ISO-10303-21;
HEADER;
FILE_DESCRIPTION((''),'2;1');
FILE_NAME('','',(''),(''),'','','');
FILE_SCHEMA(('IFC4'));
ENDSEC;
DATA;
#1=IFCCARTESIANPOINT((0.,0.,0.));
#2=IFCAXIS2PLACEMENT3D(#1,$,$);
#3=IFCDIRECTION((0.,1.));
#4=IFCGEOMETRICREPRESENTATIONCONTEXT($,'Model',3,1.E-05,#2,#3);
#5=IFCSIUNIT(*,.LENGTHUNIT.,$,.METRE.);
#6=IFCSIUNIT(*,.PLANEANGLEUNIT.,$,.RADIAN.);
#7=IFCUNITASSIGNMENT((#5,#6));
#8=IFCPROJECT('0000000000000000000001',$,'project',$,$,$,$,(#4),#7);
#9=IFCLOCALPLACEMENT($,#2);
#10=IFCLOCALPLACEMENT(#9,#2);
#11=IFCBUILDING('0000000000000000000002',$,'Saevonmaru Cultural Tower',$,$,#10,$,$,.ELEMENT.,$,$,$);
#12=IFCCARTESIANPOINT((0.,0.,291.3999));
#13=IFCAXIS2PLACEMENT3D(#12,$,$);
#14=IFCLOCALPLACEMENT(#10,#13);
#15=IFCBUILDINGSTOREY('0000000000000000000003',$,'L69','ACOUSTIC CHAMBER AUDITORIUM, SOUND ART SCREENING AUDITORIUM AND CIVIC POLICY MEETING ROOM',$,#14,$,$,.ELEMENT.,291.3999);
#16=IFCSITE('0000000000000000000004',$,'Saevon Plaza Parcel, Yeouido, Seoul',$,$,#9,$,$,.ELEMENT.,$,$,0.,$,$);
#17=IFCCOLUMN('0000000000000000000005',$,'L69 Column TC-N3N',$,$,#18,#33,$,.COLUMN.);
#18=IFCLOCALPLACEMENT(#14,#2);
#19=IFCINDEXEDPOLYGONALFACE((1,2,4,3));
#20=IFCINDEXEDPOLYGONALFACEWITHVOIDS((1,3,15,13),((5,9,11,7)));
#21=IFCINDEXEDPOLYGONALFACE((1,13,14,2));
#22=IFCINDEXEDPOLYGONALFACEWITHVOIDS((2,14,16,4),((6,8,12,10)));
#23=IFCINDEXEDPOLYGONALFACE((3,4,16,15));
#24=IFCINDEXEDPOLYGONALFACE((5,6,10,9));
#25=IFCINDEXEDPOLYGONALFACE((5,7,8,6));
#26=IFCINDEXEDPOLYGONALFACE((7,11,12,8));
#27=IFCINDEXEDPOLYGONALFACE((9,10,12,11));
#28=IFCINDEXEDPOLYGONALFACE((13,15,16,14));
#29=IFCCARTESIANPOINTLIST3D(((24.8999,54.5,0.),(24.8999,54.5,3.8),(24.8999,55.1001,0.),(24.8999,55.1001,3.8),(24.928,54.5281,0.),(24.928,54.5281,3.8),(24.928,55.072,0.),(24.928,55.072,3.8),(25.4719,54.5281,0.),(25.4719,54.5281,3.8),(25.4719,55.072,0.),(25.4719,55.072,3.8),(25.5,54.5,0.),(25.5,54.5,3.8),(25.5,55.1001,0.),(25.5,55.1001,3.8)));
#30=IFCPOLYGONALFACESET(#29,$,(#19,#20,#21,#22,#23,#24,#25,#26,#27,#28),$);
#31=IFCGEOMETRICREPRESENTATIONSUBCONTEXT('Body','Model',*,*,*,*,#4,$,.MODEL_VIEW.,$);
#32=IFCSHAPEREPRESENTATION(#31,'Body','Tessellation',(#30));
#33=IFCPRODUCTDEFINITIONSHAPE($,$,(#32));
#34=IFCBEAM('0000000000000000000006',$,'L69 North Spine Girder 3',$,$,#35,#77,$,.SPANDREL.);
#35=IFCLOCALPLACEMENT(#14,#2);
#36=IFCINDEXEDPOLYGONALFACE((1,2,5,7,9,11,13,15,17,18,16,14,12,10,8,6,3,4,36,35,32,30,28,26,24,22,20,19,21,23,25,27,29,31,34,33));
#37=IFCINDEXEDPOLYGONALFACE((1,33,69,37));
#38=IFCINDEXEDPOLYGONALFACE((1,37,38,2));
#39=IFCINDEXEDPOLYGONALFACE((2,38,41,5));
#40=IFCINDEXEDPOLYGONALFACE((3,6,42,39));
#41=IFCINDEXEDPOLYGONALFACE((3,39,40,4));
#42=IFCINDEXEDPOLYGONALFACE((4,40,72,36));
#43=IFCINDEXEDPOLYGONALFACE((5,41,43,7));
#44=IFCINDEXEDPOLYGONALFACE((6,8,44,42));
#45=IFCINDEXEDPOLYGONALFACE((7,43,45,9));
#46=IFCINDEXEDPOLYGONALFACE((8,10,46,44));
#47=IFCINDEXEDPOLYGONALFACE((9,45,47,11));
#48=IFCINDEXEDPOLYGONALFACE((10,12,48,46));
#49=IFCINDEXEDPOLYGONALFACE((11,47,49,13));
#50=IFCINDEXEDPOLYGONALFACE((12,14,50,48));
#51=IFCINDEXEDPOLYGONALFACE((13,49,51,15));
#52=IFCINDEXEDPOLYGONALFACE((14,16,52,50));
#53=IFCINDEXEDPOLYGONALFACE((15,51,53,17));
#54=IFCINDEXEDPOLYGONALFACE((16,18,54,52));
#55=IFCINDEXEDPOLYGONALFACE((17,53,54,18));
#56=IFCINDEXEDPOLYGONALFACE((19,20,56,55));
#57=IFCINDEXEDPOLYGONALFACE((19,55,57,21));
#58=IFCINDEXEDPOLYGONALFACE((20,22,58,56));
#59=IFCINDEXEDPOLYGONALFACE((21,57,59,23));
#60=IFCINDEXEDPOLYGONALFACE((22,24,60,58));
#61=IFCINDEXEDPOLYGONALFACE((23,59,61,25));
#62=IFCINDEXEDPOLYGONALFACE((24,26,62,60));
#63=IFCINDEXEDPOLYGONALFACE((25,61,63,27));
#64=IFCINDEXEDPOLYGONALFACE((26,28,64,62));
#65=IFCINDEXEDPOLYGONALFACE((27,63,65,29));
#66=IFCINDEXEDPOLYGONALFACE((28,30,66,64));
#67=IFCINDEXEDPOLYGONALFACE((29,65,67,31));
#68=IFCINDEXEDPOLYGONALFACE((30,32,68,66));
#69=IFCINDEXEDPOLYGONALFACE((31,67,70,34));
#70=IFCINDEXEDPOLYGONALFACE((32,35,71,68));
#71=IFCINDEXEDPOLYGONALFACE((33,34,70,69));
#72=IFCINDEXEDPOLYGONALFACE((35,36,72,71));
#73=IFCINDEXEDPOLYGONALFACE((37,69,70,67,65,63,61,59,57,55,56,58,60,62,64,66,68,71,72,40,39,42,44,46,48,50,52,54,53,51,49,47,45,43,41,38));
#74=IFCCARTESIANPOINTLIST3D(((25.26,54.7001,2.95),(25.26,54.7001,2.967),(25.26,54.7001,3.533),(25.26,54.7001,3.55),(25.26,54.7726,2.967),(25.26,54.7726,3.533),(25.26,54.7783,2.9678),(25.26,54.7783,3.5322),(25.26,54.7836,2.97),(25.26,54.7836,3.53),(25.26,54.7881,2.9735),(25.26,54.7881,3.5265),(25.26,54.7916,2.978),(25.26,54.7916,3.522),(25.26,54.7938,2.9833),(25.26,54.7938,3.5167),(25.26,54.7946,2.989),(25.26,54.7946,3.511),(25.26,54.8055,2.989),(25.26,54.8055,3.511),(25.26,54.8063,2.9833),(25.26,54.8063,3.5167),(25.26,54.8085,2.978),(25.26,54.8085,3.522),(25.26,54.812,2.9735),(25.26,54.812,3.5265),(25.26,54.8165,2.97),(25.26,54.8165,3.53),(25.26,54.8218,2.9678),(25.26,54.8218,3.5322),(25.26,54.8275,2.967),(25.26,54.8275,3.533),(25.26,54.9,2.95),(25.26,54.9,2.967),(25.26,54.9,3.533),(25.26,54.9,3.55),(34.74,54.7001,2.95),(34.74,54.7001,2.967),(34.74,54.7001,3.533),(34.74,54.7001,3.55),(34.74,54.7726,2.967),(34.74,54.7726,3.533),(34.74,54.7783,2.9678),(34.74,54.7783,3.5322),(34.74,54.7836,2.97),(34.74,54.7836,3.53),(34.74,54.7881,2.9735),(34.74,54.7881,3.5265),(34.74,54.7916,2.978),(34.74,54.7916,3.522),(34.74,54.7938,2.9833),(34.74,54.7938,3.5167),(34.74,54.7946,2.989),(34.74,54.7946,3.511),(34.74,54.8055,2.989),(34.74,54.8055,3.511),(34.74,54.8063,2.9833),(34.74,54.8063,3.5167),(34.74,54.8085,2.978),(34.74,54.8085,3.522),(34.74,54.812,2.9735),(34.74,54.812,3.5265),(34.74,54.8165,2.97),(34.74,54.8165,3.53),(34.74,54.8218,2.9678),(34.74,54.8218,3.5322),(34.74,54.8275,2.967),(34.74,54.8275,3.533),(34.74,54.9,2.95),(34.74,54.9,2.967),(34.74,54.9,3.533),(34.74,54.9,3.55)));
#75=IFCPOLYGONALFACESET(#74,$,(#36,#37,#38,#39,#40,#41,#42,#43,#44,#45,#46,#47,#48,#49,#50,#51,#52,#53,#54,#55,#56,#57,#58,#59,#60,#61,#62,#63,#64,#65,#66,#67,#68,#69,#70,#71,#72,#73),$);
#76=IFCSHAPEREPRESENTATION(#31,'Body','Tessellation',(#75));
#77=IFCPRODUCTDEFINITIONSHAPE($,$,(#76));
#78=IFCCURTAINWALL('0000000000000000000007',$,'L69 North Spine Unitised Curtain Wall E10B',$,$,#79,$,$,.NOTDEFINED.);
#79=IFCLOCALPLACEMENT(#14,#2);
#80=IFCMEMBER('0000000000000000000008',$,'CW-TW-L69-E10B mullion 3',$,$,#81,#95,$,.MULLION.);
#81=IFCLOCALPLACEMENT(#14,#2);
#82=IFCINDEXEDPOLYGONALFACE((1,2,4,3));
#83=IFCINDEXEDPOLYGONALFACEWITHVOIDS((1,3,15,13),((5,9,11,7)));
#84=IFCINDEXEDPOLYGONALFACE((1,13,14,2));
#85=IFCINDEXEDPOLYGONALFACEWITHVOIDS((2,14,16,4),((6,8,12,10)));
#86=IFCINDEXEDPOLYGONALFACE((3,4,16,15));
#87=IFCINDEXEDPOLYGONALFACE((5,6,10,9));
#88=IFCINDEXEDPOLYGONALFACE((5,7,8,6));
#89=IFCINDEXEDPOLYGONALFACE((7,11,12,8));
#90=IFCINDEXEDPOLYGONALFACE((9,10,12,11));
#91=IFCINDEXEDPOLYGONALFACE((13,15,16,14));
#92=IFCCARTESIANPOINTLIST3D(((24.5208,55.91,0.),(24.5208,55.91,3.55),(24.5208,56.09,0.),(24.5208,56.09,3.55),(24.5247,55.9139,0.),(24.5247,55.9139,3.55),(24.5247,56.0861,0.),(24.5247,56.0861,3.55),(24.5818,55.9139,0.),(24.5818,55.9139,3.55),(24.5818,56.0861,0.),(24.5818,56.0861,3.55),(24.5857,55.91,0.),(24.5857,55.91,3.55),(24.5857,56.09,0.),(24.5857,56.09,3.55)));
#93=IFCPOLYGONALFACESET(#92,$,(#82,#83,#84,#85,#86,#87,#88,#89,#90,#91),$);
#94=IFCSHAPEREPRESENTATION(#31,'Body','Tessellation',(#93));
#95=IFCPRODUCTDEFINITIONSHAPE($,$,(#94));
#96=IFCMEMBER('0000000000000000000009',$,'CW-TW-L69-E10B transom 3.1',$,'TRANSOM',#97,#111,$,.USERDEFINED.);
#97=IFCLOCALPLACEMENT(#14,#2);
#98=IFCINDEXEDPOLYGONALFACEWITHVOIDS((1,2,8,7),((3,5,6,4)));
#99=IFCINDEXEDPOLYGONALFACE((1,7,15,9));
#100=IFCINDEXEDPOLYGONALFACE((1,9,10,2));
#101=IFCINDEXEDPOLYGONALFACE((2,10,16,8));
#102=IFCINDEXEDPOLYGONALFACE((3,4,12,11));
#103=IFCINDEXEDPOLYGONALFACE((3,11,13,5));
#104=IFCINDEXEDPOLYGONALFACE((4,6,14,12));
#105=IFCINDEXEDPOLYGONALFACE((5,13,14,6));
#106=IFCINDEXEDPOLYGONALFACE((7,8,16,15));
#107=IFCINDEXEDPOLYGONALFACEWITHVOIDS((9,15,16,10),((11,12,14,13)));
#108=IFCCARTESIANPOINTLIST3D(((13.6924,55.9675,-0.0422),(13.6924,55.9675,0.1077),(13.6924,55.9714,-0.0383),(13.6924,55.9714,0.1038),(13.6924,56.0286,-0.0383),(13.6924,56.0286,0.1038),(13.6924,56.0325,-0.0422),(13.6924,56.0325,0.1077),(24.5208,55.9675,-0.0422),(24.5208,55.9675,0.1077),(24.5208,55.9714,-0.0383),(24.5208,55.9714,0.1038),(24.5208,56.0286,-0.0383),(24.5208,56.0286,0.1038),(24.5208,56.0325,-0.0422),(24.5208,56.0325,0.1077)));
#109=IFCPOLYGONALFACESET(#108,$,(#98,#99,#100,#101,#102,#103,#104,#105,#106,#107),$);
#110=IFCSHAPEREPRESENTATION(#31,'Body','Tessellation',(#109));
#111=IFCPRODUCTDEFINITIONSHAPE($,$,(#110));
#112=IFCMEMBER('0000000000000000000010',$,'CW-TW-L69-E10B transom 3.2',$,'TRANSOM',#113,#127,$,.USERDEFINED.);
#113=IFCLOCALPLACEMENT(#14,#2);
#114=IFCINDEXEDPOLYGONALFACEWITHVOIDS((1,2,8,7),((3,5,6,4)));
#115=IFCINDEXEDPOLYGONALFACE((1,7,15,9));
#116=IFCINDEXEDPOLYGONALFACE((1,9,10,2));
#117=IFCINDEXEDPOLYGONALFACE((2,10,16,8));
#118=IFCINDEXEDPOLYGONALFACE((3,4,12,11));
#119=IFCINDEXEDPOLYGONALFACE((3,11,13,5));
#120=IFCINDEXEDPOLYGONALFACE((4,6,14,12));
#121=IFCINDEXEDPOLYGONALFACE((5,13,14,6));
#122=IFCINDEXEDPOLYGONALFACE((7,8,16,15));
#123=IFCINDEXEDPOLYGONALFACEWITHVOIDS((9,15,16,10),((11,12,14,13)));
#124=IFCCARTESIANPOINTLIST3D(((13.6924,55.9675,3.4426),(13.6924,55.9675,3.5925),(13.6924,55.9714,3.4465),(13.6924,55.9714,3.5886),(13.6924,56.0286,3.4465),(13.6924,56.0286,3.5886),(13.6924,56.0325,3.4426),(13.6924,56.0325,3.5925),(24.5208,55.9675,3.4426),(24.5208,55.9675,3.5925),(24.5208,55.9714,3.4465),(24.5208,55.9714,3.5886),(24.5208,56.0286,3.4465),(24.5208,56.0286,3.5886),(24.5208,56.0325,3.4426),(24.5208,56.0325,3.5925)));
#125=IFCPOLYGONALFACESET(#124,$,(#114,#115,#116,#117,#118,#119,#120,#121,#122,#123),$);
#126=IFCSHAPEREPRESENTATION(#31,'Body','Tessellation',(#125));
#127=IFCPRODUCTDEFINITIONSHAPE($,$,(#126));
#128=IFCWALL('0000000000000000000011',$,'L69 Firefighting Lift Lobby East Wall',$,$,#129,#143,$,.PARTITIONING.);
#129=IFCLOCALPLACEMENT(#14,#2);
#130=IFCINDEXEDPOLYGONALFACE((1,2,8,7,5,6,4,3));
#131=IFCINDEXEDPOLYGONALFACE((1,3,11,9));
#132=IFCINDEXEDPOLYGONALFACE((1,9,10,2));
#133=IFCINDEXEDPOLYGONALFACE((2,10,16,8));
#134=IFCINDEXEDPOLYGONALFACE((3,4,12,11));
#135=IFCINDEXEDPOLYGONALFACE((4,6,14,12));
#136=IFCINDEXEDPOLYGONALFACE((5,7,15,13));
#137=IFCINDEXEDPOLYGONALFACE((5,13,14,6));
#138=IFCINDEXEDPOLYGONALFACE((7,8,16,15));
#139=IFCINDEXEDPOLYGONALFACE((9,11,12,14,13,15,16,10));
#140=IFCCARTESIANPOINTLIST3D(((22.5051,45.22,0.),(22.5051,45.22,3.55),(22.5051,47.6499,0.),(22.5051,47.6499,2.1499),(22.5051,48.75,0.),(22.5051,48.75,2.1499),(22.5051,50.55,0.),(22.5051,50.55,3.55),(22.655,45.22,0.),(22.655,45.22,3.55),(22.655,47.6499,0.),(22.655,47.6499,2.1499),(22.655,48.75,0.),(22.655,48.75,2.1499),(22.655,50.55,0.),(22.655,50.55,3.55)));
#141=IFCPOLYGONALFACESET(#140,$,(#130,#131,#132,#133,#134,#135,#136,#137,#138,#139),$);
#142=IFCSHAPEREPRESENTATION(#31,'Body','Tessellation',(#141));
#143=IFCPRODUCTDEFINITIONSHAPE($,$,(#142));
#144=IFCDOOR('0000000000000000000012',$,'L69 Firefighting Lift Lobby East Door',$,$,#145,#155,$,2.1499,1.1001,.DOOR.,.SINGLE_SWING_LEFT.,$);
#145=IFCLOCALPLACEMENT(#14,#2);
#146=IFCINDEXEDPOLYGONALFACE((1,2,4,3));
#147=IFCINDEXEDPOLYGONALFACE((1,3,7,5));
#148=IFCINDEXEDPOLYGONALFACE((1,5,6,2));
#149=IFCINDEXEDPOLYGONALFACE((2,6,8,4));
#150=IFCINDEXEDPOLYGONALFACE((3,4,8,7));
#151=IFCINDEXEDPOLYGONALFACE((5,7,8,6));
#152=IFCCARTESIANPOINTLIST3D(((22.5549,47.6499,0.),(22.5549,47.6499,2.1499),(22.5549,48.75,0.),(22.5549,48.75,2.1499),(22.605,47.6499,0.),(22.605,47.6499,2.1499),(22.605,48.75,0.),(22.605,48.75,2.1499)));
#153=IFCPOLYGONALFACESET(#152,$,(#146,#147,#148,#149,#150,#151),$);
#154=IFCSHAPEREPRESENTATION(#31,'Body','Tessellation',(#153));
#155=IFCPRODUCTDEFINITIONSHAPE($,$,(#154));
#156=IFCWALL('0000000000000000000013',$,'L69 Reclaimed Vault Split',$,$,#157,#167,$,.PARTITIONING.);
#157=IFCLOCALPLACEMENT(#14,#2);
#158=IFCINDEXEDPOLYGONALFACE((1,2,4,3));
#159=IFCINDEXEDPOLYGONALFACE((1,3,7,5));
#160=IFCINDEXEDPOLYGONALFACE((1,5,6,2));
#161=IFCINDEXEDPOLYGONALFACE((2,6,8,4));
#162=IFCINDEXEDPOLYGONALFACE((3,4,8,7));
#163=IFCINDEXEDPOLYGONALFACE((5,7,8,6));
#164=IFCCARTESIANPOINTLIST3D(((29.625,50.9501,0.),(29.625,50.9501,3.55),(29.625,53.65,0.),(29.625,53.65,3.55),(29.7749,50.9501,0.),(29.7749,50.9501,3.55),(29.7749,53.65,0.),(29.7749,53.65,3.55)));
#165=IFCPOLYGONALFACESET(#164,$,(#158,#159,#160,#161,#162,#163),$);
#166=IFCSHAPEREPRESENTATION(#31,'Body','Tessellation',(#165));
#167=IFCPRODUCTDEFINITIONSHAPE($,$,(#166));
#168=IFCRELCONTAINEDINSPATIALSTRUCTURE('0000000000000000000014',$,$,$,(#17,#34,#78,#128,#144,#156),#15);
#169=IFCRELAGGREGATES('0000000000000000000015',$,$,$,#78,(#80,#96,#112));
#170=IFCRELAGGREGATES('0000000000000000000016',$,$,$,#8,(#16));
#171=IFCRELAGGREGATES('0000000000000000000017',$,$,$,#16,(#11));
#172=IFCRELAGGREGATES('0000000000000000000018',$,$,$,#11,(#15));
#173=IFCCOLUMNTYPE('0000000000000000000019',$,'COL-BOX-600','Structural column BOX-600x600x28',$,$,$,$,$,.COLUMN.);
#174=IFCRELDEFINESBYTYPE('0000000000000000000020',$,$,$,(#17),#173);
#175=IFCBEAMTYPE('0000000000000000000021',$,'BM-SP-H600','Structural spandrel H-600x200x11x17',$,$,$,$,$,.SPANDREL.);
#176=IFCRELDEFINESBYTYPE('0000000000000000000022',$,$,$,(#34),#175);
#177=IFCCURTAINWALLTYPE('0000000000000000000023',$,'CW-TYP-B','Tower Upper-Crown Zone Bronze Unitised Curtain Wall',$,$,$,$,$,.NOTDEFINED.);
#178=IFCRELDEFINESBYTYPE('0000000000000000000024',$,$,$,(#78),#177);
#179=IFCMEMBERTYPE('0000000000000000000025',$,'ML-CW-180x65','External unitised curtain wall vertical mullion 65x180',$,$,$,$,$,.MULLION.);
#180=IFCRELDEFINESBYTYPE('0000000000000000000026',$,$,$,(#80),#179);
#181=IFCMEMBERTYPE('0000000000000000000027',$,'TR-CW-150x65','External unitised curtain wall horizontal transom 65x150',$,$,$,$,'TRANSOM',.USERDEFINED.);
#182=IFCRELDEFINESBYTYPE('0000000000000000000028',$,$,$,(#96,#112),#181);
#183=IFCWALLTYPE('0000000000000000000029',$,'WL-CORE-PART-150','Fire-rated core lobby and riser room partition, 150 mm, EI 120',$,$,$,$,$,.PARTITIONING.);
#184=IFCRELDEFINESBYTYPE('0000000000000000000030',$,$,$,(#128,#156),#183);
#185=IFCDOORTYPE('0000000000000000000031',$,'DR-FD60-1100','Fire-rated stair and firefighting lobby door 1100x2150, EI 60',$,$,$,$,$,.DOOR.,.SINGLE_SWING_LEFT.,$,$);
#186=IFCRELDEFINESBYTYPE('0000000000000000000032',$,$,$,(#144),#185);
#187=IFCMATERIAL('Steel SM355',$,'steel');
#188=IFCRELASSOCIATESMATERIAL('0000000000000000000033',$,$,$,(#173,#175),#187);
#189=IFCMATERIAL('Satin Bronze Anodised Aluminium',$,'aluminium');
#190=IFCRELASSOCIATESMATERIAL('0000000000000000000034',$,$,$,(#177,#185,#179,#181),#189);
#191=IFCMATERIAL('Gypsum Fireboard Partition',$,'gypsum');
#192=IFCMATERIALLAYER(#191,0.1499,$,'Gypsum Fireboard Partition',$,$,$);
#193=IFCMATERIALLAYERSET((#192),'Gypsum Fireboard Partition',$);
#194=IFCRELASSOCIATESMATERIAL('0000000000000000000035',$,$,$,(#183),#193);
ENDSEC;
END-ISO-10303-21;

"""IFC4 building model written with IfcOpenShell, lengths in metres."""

from ifc_helpers import new_model, si_unit, direction, frame, frame_2d, origin, origin_2d, place, context, subcontext, project, spatial, rectangle, hollow_rectangle, i_section, extrude, material, layer, layer_set, material_profile, profile_set, type_object, element, fill, aggregate, save


model = new_model("IFC4")

# Units and contexts
model_context = context("Model", 3, precision=1e-05, world=origin(), true_north=direction((0.0, 1.0)))
body_context = subcontext(model_context, "Body", "Model", "MODEL_VIEW")
ifc_project = project(units=[si_unit("LENGTHUNIT", "METRE"), si_unit("PLANEANGLEUNIT", "RADIAN")], contexts=[model_context])

# Site, building, storey
site_placement = place(None, origin())
site = spatial("IfcSite", under=ifc_project, at=site_placement, Name="Saevon Plaza Parcel, Yeouido, Seoul", CompositionType="ELEMENT", RefElevation=0.0)
building_placement = place(site_placement, origin())
building = spatial("IfcBuilding", under=site, at=building_placement, Name="Saevonmaru Cultural Tower", CompositionType="ELEMENT")
storey_placement = place(building_placement, frame((0.0, 0.0, 291.3999)))
storey = spatial("IfcBuildingStorey", under=building, at=storey_placement, Name="L69", Description="ACOUSTIC CHAMBER AUDITORIUM, SOUND ART SCREENING AUDITORIUM AND CIVIC POLICY MEETING ROOM", CompositionType="ELEMENT", Elevation=291.3999)

# Column
ifc_material_1 = material(Name="Steel SM355", Category="steel")
ifc_material_profile_1 = material_profile(ifc_material_1, hollow_rectangle(XDim=0.6001, YDim=0.6001, WallThickness=0.0281, at=origin_2d()), Name="BOX-600x600x28")
ifc_profile_set_1 = profile_set([ifc_material_profile_1], Name="Steel SM355")
column_type = type_object("IfcColumnType", Name="COL-BOX-600", Description="Structural column BOX-600x600x28", PredefinedType="COLUMN", material=ifc_profile_set_1)
column_placement = place(storey_placement, frame((25.2, 54.8, 0.0), z_axis=(0.0, 0.0, 1.0), x_axis=(1.0, 0.0, 0.0)))
element("IfcColumn", 1, at=column_placement, inside=storey, type_object=column_type, Name="L69 Column TC-N3N", PredefinedType="COLUMN", context=body_context, shape_type="SweptSolid", body=[
    extrude(hollow_rectangle(XDim=0.6001, YDim=0.6001, WallThickness=0.0281, at=origin_2d()), origin(), (0.0, 0.0, 1.0), 3.8),
])

# Beam
ifc_material_profile_2 = material_profile(ifc_material_1, i_section(OverallWidth=0.2, OverallDepth=0.6001, WebThickness=0.011, FlangeThickness=0.0171, FilletRadius=0.022, at=origin_2d()), Name="H-600x200x11x17")
ifc_profile_set_2 = profile_set([ifc_material_profile_2], Name="Steel SM355")
beam_type = type_object("IfcBeamType", Name="BM-SP-H600", Description="Structural spandrel H-600x200x11x17", PredefinedType="SPANDREL", material=ifc_profile_set_2)
beam_placement = place(storey_placement, frame((25.26, 54.8, 3.25), z_axis=(1.0, 0.0, 0.0), x_axis=(0.0, 1.0, 0.0)))
element("IfcBeam", 2, at=beam_placement, inside=storey, type_object=beam_type, Name="L69 North Spine Girder 3", PredefinedType="SPANDREL", context=body_context, shape_type="SweptSolid", body=[
    extrude(i_section(OverallWidth=0.2, OverallDepth=0.6001, WebThickness=0.011, FlangeThickness=0.0171, FilletRadius=0.022, at=origin_2d()), origin(), (0.0, 0.0, 1.0), 9.48),
])

# Curtain wall, members
ifc_material_2 = material(Name="Satin Bronze Anodised Aluminium", Category="aluminium")
curtain_wall_type = type_object("IfcCurtainWallType", Name="CW-TYP-B", Description="Tower Upper-Crown Zone Bronze Unitised Curtain Wall", PredefinedType="NOTDEFINED", material=ifc_material_2)
curtain_wall_placement = place(storey_placement, origin())
curtain_wall = element("IfcCurtainWall", 3, at=curtain_wall_placement, inside=storey, type_object=curtain_wall_type, Name="L69 North Spine Unitised Curtain Wall E10B", PredefinedType="NOTDEFINED")
ifc_material_profile_3 = material_profile(ifc_material_2, hollow_rectangle(XDim=0.0649, YDim=0.1799, WallThickness=0.0039, at=origin_2d()), Name="ALU-MULL-180x65x4")
ifc_profile_set_3 = profile_set([ifc_material_profile_3], Name="Satin Bronze Anodised Aluminium")
member_type_1 = type_object("IfcMemberType", Name="ML-CW-180x65", Description="External unitised curtain wall vertical mullion 65x180", PredefinedType="MULLION", material=ifc_profile_set_3)
member_1_placement = place(storey_placement, frame((24.5532, 56.0, 0.0), z_axis=(0.0, 0.0, 1.0), x_axis=(-1.0, 0.0, 0.0)))
member_1 = element("IfcMember", 4, at=member_1_placement, type_object=member_type_1, Name="CW-TW-L69-E10B mullion 3", PredefinedType="MULLION", context=body_context, shape_type="SweptSolid", body=[
    extrude(hollow_rectangle(XDim=0.0649, YDim=0.1799, WallThickness=0.0039, at=origin_2d()), origin(), (0.0, 0.0, 1.0), 3.55),
])
ifc_material_profile_4 = material_profile(ifc_material_2, hollow_rectangle(XDim=0.0649, YDim=0.1499, WallThickness=0.0039, at=origin_2d()), Name="ALU-TRAN-150x65x4")
ifc_profile_set_4 = profile_set([ifc_material_profile_4], Name="Satin Bronze Anodised Aluminium")
member_type_2 = type_object("IfcMemberType", Name="TR-CW-150x65", Description="External unitised curtain wall horizontal transom 65x150", ElementType="TRANSOM", PredefinedType="USERDEFINED", material=ifc_profile_set_4)
member_2_placement = place(storey_placement, frame((24.5208, 56.0, 0.0327), z_axis=(-1.0, 0.0, 0.0), x_axis=(0.0, -1.0, 0.0)))
member_2 = element("IfcMember", 5, at=member_2_placement, type_object=member_type_2, Name="CW-TW-L69-E10B transom 3.1", ObjectType="TRANSOM", PredefinedType="USERDEFINED", context=body_context, shape_type="SweptSolid", body=[
    extrude(hollow_rectangle(XDim=0.0649, YDim=0.1499, WallThickness=0.0039, at=origin_2d()), origin(), (0.0, 0.0, 1.0), 10.8284),
])
member_3_placement = place(storey_placement, frame((24.5208, 56.0, 3.5176), z_axis=(-1.0, 0.0, 0.0), x_axis=(0.0, -1.0, 0.0)))
member_3 = element("IfcMember", 6, at=member_3_placement, type_object=member_type_2, Name="CW-TW-L69-E10B transom 3.2", ObjectType="TRANSOM", PredefinedType="USERDEFINED", context=body_context, shape_type="SweptSolid", body=[
    extrude(hollow_rectangle(XDim=0.0649, YDim=0.1499, WallThickness=0.0039, at=origin_2d()), origin(), (0.0, 0.0, 1.0), 10.8284),
])
aggregate(curtain_wall, [member_1, member_2, member_3])

# Wall, opening, door
ifc_material_3 = material(Name="Gypsum Fireboard Partition", Category="gypsum")
ifc_layer_1 = layer(ifc_material_3, 0.1499, Name="Gypsum Fireboard Partition")
ifc_layer_set_1 = layer_set([ifc_layer_1], Name="Gypsum Fireboard Partition")
wall_type_1 = type_object("IfcWallType", Name="WL-CORE-PART-150", Description="Fire-rated core lobby and riser room partition, 150 mm, EI 120", PredefinedType="PARTITIONING", material=ifc_layer_set_1)
wall_1_placement = place(storey_placement, frame((22.5801, 50.55, 0.0), z_axis=(0.0, 0.0, 1.0), x_axis=(0.0, -1.0, 0.0)))
wall_1 = element("IfcWall", 7, at=wall_1_placement, inside=storey, type_object=wall_type_1, Name="L69 Firefighting Lift Lobby East Wall", PredefinedType="PARTITIONING", context=body_context, shape_type="SweptSolid", body=[
    extrude(rectangle(XDim=5.3301, YDim=0.1499, at=frame_2d((2.665, 0.0))), origin(), (0.0, 0.0, 1.0), 3.55),
])
opening_1_placement = place(wall_1_placement, frame((1.8, 0.0, 0.0)))
opening_1 = element("IfcOpeningElement", 8, at=opening_1_placement, cuts=wall_1, PredefinedType="OPENING", context=body_context, shape_type="SweptSolid", body=[
    extrude(rectangle(XDim=1.1001, YDim=2.1499, at=frame_2d((0.55, 1.075))), frame((0.0, 0.085, 0.0), z_axis=(0.0, -1.0, 0.0), x_axis=(1.0, 0.0, 0.0)), (0.0, 0.0, 1.0), 0.1699),
])
door_type_1 = type_object("IfcDoorType", Name="DR-FD60-1100", Description="Fire-rated stair and firefighting lobby door 1100x2150, EI 60", OperationType="SINGLE_SWING_LEFT", PredefinedType="DOOR", material=ifc_material_2)
door_1_placement = place(opening_1_placement, origin())
door_1 = element("IfcDoor", 9, at=door_1_placement, inside=storey, type_object=door_type_1, Name="L69 Firefighting Lift Lobby East Door", OperationType="SINGLE_SWING_LEFT", OverallHeight=2.1499, OverallWidth=1.1001, PredefinedType="DOOR", context=body_context, shape_type="SweptSolid", body=[
    extrude(rectangle(XDim=1.1001, YDim=2.1499, at=frame_2d((0.55, 1.075))), frame((0.0, 0.0249, 0.0), z_axis=(0.0, -1.0, 0.0), x_axis=(1.0, 0.0, 0.0)), (0.0, 0.0, 1.0), 0.05),
])
fill(opening_1, door_1)

# Wall
wall_2_placement = place(storey_placement, frame((29.7, 50.95, 0.0), z_axis=(0.0, 0.0, 1.0), x_axis=(0.0, 1.0, 0.0)))
element("IfcWall", 10, at=wall_2_placement, inside=storey, type_object=wall_type_1, Name="L69 Reclaimed Vault Split", PredefinedType="PARTITIONING", context=body_context, shape_type="SweptSolid", body=[
    extrude(rectangle(XDim=2.7, YDim=0.1499, at=frame_2d((1.3501, 0.0))), origin(), (0.0, 0.0, 1.0), 3.55),
])

save(model, "model.ifc")
